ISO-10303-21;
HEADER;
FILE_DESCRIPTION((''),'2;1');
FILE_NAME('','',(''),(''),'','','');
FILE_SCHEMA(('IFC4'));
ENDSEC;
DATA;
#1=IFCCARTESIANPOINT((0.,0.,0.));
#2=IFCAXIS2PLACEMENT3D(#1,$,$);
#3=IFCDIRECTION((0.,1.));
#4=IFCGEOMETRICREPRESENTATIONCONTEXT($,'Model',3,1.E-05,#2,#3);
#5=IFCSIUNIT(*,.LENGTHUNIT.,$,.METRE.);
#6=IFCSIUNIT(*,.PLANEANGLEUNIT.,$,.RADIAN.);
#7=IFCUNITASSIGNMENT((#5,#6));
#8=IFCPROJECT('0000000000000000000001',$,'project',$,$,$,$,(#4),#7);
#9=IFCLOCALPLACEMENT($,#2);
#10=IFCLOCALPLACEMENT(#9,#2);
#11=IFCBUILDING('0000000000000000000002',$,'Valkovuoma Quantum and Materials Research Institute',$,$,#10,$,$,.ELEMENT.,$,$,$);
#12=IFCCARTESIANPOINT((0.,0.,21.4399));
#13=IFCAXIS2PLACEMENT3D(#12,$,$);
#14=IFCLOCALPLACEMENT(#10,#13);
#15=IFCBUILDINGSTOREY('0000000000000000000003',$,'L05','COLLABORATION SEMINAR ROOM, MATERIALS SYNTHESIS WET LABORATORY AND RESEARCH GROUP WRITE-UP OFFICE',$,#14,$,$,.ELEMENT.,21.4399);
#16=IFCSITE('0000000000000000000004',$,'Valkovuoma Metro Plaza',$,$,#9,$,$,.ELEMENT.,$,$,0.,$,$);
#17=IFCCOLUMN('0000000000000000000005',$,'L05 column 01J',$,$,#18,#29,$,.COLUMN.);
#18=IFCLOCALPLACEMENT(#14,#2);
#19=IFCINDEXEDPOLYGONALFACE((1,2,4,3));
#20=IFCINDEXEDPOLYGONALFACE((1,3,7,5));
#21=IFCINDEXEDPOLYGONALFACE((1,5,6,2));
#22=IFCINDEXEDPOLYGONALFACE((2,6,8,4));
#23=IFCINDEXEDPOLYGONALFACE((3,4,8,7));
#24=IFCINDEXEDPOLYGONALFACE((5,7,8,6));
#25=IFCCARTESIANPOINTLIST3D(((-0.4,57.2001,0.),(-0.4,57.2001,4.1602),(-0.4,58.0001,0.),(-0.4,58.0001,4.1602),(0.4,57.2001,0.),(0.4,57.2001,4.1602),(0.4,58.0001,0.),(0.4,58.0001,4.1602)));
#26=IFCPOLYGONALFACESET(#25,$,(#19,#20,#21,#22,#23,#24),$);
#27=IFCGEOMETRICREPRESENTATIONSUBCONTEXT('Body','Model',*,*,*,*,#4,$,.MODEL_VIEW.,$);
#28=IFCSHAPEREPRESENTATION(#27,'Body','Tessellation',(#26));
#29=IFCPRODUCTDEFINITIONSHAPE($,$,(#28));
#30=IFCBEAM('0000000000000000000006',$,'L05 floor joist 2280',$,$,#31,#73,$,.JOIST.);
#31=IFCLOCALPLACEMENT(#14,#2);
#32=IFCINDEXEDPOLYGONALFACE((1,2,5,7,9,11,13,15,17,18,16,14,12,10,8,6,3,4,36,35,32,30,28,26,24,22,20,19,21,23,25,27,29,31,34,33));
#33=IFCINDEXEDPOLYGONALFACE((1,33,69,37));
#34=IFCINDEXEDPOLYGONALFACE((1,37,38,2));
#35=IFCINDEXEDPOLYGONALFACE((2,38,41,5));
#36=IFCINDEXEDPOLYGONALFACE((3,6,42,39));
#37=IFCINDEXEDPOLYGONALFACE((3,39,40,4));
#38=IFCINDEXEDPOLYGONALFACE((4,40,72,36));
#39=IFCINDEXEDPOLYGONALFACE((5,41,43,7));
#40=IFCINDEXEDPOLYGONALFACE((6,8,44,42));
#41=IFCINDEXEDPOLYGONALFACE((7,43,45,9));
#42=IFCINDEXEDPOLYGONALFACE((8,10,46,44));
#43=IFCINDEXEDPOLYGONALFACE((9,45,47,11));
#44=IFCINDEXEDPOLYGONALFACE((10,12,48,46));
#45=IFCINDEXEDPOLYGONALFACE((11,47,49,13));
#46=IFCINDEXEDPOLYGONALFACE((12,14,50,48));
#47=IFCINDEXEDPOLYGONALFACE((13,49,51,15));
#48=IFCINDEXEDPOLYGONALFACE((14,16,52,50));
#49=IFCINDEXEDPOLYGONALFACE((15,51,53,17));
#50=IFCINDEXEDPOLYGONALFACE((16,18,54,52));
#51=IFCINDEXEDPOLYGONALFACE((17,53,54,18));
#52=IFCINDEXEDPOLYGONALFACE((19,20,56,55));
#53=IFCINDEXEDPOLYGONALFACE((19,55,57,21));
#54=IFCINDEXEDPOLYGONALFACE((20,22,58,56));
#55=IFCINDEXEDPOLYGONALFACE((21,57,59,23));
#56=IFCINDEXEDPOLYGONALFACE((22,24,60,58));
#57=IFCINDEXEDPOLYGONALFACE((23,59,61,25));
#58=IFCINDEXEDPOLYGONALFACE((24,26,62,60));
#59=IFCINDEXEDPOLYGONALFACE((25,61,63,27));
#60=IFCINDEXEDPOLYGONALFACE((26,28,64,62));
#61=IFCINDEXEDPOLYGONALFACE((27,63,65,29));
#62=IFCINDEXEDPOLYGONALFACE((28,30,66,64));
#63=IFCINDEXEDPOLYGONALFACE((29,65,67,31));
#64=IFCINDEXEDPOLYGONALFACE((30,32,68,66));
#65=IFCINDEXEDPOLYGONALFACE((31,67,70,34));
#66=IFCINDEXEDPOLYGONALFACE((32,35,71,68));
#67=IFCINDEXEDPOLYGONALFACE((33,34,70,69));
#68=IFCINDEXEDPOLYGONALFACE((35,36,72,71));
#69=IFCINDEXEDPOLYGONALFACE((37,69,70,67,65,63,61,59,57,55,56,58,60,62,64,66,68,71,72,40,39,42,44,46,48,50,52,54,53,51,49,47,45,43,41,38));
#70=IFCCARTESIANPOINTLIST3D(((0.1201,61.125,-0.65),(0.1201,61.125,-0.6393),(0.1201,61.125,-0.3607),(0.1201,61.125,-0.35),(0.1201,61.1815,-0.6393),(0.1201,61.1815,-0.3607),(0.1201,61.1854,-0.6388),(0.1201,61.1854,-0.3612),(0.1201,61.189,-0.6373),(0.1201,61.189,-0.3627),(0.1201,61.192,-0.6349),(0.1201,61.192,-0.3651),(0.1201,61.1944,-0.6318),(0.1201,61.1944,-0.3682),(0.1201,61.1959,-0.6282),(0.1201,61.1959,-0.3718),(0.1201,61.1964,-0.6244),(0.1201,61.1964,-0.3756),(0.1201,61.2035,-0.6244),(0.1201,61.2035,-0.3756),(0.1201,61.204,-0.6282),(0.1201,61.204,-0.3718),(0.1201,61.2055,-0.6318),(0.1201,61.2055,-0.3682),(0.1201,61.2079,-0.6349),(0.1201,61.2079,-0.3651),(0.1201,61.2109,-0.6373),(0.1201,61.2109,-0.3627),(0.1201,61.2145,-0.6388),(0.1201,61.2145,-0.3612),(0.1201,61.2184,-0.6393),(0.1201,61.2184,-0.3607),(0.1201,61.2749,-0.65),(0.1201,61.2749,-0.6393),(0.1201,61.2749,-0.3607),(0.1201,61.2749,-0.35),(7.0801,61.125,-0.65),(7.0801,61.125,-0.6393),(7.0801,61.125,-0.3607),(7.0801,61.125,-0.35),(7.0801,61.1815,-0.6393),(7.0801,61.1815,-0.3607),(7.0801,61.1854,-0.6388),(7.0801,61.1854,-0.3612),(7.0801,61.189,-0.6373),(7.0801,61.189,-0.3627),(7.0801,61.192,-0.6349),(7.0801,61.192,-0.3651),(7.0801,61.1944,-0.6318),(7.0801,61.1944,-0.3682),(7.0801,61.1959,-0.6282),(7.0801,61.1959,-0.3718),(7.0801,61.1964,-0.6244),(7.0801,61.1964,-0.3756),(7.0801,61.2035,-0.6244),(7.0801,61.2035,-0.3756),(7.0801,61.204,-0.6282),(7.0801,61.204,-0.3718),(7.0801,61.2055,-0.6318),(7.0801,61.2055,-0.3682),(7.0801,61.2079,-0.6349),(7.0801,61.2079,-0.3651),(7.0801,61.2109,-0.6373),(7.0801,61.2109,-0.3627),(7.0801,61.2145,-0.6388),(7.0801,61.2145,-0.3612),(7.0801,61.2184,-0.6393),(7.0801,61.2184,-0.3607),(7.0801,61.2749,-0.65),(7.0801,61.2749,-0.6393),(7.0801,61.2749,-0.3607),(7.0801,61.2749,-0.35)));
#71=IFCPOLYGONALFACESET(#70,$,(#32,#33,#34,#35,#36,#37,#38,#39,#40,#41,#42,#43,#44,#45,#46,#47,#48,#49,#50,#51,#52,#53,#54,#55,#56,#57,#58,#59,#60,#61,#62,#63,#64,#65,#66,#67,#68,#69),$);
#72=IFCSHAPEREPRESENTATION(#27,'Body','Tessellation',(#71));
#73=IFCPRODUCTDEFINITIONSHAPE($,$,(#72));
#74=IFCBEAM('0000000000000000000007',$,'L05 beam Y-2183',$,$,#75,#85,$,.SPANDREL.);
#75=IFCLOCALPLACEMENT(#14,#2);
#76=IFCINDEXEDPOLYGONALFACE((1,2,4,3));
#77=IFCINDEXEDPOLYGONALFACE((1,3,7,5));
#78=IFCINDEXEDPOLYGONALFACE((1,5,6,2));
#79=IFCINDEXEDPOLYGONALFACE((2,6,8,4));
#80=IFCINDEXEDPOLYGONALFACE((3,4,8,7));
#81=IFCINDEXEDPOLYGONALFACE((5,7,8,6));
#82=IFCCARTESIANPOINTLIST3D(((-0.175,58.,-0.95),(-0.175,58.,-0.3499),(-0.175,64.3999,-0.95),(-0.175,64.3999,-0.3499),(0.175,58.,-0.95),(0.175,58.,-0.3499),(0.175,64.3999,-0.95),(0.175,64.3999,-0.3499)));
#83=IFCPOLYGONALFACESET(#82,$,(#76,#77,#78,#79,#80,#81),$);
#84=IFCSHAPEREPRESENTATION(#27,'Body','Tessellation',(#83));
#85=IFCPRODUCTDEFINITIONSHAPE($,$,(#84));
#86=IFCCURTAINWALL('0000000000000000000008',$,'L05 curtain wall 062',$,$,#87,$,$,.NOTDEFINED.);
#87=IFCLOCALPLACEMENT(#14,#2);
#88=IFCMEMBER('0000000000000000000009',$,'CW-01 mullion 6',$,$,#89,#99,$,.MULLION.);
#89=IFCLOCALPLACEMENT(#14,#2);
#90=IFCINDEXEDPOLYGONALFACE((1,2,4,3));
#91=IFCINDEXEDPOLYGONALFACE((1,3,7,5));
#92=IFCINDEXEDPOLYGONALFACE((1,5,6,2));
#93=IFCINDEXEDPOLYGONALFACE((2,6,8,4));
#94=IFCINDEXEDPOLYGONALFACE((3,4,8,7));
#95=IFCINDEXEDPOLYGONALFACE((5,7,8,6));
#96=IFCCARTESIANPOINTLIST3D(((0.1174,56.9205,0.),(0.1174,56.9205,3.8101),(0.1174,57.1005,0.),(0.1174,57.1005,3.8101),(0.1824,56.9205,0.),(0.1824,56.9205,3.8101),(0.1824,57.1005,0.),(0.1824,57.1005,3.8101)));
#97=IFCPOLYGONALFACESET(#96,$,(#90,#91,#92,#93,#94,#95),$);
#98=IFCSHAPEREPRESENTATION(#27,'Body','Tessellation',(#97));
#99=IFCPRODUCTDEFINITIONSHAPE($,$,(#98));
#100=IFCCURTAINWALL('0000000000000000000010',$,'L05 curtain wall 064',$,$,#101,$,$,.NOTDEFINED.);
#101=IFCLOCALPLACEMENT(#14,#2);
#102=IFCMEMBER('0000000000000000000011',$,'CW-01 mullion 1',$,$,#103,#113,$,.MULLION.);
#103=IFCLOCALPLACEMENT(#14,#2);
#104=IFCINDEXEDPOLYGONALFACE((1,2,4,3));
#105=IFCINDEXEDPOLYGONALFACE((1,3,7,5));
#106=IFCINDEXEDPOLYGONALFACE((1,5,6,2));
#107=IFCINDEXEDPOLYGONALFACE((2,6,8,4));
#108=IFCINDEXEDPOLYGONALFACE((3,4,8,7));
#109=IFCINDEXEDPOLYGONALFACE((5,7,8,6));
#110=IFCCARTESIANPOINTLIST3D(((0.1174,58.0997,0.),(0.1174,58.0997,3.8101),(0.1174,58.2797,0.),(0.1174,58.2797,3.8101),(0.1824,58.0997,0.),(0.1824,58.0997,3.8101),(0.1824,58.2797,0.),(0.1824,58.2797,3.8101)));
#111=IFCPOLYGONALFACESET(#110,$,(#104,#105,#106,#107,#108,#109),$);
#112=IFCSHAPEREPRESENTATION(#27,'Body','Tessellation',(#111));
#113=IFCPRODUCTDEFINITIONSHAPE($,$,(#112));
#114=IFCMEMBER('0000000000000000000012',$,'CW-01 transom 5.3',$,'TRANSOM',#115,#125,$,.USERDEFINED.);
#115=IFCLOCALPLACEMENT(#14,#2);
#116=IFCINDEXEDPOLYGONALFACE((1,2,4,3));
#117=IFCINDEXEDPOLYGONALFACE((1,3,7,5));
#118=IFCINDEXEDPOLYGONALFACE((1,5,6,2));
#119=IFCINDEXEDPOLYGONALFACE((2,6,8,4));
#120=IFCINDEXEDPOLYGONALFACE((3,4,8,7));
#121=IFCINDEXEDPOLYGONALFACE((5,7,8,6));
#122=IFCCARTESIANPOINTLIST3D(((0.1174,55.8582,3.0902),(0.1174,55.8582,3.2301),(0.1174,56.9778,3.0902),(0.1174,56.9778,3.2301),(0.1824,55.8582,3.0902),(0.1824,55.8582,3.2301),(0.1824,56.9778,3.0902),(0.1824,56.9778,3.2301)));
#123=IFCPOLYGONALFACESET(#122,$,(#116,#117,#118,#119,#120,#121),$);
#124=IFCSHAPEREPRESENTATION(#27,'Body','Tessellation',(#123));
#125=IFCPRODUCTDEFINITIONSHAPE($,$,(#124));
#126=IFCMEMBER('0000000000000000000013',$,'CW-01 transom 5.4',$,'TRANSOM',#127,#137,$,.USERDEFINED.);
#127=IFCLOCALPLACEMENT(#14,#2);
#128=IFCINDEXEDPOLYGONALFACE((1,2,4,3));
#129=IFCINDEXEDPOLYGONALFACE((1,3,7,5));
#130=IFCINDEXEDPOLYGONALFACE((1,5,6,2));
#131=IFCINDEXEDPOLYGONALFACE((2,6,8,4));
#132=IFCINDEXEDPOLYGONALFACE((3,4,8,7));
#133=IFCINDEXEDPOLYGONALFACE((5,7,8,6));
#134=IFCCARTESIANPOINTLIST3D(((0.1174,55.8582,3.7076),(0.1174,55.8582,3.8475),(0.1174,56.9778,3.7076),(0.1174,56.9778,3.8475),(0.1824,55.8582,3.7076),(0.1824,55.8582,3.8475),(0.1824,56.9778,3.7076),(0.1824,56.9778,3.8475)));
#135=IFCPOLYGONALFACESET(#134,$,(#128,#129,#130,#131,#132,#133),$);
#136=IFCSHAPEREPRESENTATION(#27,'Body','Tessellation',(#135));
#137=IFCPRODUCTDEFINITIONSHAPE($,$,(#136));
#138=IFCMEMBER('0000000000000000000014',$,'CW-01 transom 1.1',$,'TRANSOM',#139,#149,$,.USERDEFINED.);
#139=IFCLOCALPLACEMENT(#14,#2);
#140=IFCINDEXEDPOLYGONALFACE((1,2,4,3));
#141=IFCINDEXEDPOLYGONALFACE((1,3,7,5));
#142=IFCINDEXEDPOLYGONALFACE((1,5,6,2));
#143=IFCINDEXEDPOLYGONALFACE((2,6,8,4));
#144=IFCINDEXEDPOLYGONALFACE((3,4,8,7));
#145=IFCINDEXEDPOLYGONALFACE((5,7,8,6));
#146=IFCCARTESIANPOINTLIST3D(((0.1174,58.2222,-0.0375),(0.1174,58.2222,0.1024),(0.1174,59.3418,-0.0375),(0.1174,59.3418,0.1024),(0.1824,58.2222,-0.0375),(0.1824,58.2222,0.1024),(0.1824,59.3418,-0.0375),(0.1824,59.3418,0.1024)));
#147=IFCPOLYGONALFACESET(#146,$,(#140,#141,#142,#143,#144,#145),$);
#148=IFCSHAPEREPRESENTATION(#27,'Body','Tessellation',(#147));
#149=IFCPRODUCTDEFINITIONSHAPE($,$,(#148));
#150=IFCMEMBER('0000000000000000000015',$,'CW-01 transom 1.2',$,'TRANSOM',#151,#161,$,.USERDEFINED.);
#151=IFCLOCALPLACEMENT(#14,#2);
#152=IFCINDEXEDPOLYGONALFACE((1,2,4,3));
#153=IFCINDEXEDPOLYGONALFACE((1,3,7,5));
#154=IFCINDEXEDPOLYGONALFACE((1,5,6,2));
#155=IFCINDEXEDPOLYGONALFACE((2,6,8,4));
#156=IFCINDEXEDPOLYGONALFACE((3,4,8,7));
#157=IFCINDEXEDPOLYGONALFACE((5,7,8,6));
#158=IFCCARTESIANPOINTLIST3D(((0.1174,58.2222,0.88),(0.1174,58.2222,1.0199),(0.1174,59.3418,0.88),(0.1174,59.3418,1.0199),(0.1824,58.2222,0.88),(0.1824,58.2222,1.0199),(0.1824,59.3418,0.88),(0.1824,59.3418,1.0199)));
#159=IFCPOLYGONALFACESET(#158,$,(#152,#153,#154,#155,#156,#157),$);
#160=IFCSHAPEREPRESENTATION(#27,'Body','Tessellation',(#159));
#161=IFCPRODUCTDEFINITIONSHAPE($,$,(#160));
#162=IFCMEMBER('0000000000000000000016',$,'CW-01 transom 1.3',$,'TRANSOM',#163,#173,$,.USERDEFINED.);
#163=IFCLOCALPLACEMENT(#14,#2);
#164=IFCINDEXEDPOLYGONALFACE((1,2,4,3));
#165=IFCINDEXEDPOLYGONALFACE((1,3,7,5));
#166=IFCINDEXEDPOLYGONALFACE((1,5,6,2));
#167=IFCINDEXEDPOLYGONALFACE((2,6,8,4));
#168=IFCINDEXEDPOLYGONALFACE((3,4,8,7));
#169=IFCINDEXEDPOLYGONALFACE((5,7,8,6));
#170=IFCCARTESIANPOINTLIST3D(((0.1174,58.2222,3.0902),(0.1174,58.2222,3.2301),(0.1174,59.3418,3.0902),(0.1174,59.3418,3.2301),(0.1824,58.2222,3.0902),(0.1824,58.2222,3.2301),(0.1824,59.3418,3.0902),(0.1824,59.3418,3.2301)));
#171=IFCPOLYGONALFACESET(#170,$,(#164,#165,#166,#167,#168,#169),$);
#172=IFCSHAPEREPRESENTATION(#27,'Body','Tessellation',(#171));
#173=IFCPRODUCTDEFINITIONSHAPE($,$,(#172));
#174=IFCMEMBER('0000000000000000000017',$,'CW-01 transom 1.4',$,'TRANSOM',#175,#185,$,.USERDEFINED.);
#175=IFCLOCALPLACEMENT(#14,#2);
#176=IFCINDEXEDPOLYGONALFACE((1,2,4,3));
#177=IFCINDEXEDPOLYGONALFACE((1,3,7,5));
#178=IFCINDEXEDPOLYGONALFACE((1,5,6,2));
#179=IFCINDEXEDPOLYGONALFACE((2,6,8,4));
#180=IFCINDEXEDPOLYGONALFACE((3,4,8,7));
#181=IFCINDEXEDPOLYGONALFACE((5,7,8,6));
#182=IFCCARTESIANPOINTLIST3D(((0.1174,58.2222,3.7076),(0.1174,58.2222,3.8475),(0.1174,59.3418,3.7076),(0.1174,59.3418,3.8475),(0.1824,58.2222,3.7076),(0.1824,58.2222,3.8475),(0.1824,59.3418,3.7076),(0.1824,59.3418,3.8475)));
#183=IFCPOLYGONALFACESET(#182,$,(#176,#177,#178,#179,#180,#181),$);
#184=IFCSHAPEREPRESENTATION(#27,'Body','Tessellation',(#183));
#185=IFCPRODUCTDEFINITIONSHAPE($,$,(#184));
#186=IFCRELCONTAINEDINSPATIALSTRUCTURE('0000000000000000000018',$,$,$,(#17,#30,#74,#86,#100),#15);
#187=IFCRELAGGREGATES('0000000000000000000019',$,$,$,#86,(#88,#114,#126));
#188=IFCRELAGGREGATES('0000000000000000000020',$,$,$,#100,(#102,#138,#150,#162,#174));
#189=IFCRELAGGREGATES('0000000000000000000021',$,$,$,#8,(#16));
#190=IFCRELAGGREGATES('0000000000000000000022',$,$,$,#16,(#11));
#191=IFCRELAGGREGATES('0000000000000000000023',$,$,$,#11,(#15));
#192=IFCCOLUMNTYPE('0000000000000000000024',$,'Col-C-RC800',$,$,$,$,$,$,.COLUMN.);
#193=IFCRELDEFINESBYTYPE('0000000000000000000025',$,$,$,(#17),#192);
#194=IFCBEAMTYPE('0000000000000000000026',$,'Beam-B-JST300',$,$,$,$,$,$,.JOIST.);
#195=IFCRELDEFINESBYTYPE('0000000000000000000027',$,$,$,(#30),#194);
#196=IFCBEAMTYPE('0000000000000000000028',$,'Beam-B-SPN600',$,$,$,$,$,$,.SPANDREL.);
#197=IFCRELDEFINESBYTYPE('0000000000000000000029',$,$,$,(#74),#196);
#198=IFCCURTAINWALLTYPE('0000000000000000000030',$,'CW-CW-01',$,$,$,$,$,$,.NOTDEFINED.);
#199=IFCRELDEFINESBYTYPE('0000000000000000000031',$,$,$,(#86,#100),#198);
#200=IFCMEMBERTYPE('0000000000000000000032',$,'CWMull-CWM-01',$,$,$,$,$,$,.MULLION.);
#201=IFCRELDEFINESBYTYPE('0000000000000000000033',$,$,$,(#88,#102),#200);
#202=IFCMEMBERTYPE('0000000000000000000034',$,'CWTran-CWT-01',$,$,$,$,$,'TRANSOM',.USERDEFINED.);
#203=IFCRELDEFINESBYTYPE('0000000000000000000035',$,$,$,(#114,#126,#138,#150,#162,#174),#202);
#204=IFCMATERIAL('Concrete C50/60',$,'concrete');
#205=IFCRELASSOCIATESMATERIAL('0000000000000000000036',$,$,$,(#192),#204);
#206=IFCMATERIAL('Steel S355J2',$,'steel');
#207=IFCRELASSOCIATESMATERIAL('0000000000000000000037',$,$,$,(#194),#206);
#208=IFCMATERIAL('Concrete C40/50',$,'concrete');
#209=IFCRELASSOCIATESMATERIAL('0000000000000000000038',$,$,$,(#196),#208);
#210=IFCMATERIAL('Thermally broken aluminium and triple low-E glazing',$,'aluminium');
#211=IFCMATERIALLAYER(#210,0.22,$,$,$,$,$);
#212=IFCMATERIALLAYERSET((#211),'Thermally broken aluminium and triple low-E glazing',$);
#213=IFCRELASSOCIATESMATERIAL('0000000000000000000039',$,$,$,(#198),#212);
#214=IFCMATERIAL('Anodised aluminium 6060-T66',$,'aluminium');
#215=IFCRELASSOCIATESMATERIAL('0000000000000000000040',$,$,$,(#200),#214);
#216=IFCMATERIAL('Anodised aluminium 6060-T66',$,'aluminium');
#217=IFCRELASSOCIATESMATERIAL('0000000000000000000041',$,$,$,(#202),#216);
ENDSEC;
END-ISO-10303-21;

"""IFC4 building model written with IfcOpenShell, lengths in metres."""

from ifc_helpers import new_model, si_unit, direction, frame, origin, origin_2d, place, context, subcontext, project, spatial, rectangle, i_section, extrude, material, layer, layer_set, material_profile, profile_set, type_object, element, aggregate, save


model = new_model("IFC4")

# Units and contexts
model_context = context("Model", 3, precision=1e-05, world=origin(), true_north=direction((0.0, 1.0)))
body_context = subcontext(model_context, "Body", "Model", "MODEL_VIEW")
ifc_project = project(units=[si_unit("LENGTHUNIT", "METRE"), si_unit("PLANEANGLEUNIT", "RADIAN")], contexts=[model_context])

# Site, building, storey
site_placement = place(None, origin())
site = spatial("IfcSite", under=ifc_project, at=site_placement, Name="Valkovuoma Metro Plaza", CompositionType="ELEMENT", RefElevation=0.0)
building_placement = place(site_placement, origin())
building = spatial("IfcBuilding", under=site, at=building_placement, Name="Valkovuoma Quantum and Materials Research Institute", CompositionType="ELEMENT")
storey_placement = place(building_placement, frame((0.0, 0.0, 21.4399)))
storey = spatial("IfcBuildingStorey", under=building, at=storey_placement, Name="L05", Description="COLLABORATION SEMINAR ROOM, MATERIALS SYNTHESIS WET LABORATORY AND RESEARCH GROUP WRITE-UP OFFICE", CompositionType="ELEMENT", Elevation=21.4399)

# Column
ifc_material_1 = material(Name="Concrete C50/60", Category="concrete")
ifc_material_profile_1 = material_profile(ifc_material_1, rectangle(XDim=0.8, YDim=0.8, at=origin_2d()), Name="Concrete C50/60")
ifc_profile_set_1 = profile_set([ifc_material_profile_1], Name="Concrete C50/60")
column_type = type_object("IfcColumnType", Name="Col-C-RC800", PredefinedType="COLUMN", material=ifc_profile_set_1)
column_placement = place(storey_placement, frame((0.0, 57.6001, 0.0), z_axis=(0.0, 0.0, 1.0), x_axis=(1.0, 0.0, 0.0)))
element("IfcColumn", 1, at=column_placement, inside=storey, type_object=column_type, Name="L05 column 01J", PredefinedType="COLUMN", context=body_context, shape_type="SweptSolid", body=[
    extrude(rectangle(XDim=0.8, YDim=0.8, at=origin_2d()), origin(), (0.0, 0.0, 1.0), 4.1602),
])

# Beams
ifc_material_2 = material(Name="Steel S355J2", Category="steel")
ifc_material_profile_2 = material_profile(ifc_material_2, i_section(OverallWidth=0.1499, OverallDepth=0.3, WebThickness=0.0071, FlangeThickness=0.0107, FilletRadius=0.0149, at=origin_2d()), Name="Steel S355J2")
ifc_profile_set_2 = profile_set([ifc_material_profile_2], Name="Steel S355J2")
beam_type_1 = type_object("IfcBeamType", Name="Beam-B-JST300", PredefinedType="JOIST", material=ifc_profile_set_2)
beam_1_placement = place(storey_placement, frame((0.1201, 61.2, -0.5), z_axis=(1.0, 0.0, 0.0), x_axis=(0.0, 1.0, 0.0)))
element("IfcBeam", 2, at=beam_1_placement, inside=storey, type_object=beam_type_1, Name="L05 floor joist 2280", PredefinedType="JOIST", context=body_context, shape_type="SweptSolid", body=[
    extrude(i_section(OverallWidth=0.1499, OverallDepth=0.3, WebThickness=0.0071, FlangeThickness=0.0107, FilletRadius=0.0149, at=origin_2d()), origin(), (0.0, 0.0, 1.0), 6.96),
])
ifc_material_3 = material(Name="Concrete C40/50", Category="concrete")
ifc_material_profile_3 = material_profile(ifc_material_3, rectangle(XDim=0.3501, YDim=0.6001, at=origin_2d()), Name="Concrete C40/50")
ifc_profile_set_3 = profile_set([ifc_material_profile_3], Name="Concrete C40/50")
beam_type_2 = type_object("IfcBeamType", Name="Beam-B-SPN600", PredefinedType="SPANDREL", material=ifc_profile_set_3)
beam_2_placement = place(storey_placement, frame((0.0, 58.0, -0.6499), z_axis=(0.0, 1.0, 0.0), x_axis=(-1.0, 0.0, 0.0)))
element("IfcBeam", 3, at=beam_2_placement, inside=storey, type_object=beam_type_2, Name="L05 beam Y-2183", PredefinedType="SPANDREL", context=body_context, shape_type="SweptSolid", body=[
    extrude(rectangle(XDim=0.3501, YDim=0.6001, at=origin_2d()), origin(), (0.0, 0.0, 1.0), 6.3999),
])

# Curtain walls, members
ifc_material_4 = material(Name="Thermally broken aluminium and triple low-E glazing", Category="aluminium")
ifc_layer_1 = layer(ifc_material_4, 0.22)
ifc_layer_set_1 = layer_set([ifc_layer_1], Name="Thermally broken aluminium and triple low-E glazing")
curtain_wall_type = type_object("IfcCurtainWallType", Name="CW-CW-01", PredefinedType="NOTDEFINED", material=ifc_layer_set_1)
curtain_wall_1_placement = place(storey_placement, origin())
curtain_wall_1 = element("IfcCurtainWall", 4, at=curtain_wall_1_placement, inside=storey, type_object=curtain_wall_type, Name="L05 curtain wall 062", PredefinedType="NOTDEFINED")
ifc_material_5 = material(Name="Anodised aluminium 6060-T66", Category="aluminium")
ifc_material_profile_4 = material_profile(ifc_material_5, rectangle(XDim=0.0649, YDim=0.1799, at=origin_2d()), Name="Anodised aluminium 6060-T66")
ifc_profile_set_4 = profile_set([ifc_material_profile_4], Name="Anodised aluminium 6060-T66")
member_type_1 = type_object("IfcMemberType", Name="CWMull-CWM-01", PredefinedType="MULLION", material=ifc_profile_set_4)
member_1_placement = place(storey_placement, frame((0.1499, 57.0105, 0.0), z_axis=(0.0, 0.0, 1.0), x_axis=(-1.0, 0.0, 0.0)))
member_1 = element("IfcMember", 5, at=member_1_placement, type_object=member_type_1, Name="CW-01 mullion 6", PredefinedType="MULLION", context=body_context, shape_type="SweptSolid", body=[
    extrude(rectangle(XDim=0.0649, YDim=0.1799, at=origin_2d()), origin(), (0.0, 0.0, 1.0), 3.8101),
])
curtain_wall_2_placement = place(storey_placement, origin())
curtain_wall_2 = element("IfcCurtainWall", 6, at=curtain_wall_2_placement, inside=storey, type_object=curtain_wall_type, Name="L05 curtain wall 064", PredefinedType="NOTDEFINED")
member_2_placement = place(storey_placement, frame((0.1499, 58.1897, 0.0), z_axis=(0.0, 0.0, 1.0), x_axis=(-1.0, 0.0, 0.0)))
member_2 = element("IfcMember", 7, at=member_2_placement, type_object=member_type_1, Name="CW-01 mullion 1", PredefinedType="MULLION", context=body_context, shape_type="SweptSolid", body=[
    extrude(rectangle(XDim=0.0649, YDim=0.1799, at=origin_2d()), origin(), (0.0, 0.0, 1.0), 3.8101),
])

# Members
ifc_material_6 = material(Name="Anodised aluminium 6060-T66", Category="aluminium")
ifc_material_profile_5 = material_profile(ifc_material_6, rectangle(XDim=0.0649, YDim=0.1399, at=origin_2d()), Name="Anodised aluminium 6060-T66")
ifc_profile_set_5 = profile_set([ifc_material_profile_5], Name="Anodised aluminium 6060-T66")
member_type_2 = type_object("IfcMemberType", Name="CWTran-CWT-01", ElementType="TRANSOM", PredefinedType="USERDEFINED", material=ifc_profile_set_5)
member_3_placement = place(storey_placement, frame((0.1499, 55.8582, 3.1602), z_axis=(0.0, 1.0, 0.0), x_axis=(-1.0, 0.0, 0.0)))
member_3 = element("IfcMember", 8, at=member_3_placement, type_object=member_type_2, Name="CW-01 transom 5.3", ObjectType="TRANSOM", PredefinedType="USERDEFINED", context=body_context, shape_type="SweptSolid", body=[
    extrude(rectangle(XDim=0.0649, YDim=0.1399, at=origin_2d()), origin(), (0.0, 0.0, 1.0), 1.1196),
])
member_4_placement = place(storey_placement, frame((0.1499, 55.8582, 3.7776), z_axis=(0.0, 1.0, 0.0), x_axis=(-1.0, 0.0, 0.0)))
member_4 = element("IfcMember", 9, at=member_4_placement, type_object=member_type_2, Name="CW-01 transom 5.4", ObjectType="TRANSOM", PredefinedType="USERDEFINED", context=body_context, shape_type="SweptSolid", body=[
    extrude(rectangle(XDim=0.0649, YDim=0.1399, at=origin_2d()), origin(), (0.0, 0.0, 1.0), 1.1196),
])
member_5_placement = place(storey_placement, frame((0.1499, 58.2222, 0.0325), z_axis=(0.0, 1.0, 0.0), x_axis=(-1.0, 0.0, 0.0)))
member_5 = element("IfcMember", 10, at=member_5_placement, type_object=member_type_2, Name="CW-01 transom 1.1", ObjectType="TRANSOM", PredefinedType="USERDEFINED", context=body_context, shape_type="SweptSolid", body=[
    extrude(rectangle(XDim=0.0649, YDim=0.1399, at=origin_2d()), origin(), (0.0, 0.0, 1.0), 1.1196),
])
member_6_placement = place(storey_placement, frame((0.1499, 58.2222, 0.95), z_axis=(0.0, 1.0, 0.0), x_axis=(-1.0, 0.0, 0.0)))
member_6 = element("IfcMember", 11, at=member_6_placement, type_object=member_type_2, Name="CW-01 transom 1.2", ObjectType="TRANSOM", PredefinedType="USERDEFINED", context=body_context, shape_type="SweptSolid", body=[
    extrude(rectangle(XDim=0.0649, YDim=0.1399, at=origin_2d()), origin(), (0.0, 0.0, 1.0), 1.1196),
])
member_7_placement = place(storey_placement, frame((0.1499, 58.2222, 3.1602), z_axis=(0.0, 1.0, 0.0), x_axis=(-1.0, 0.0, 0.0)))
member_7 = element("IfcMember", 12, at=member_7_placement, type_object=member_type_2, Name="CW-01 transom 1.3", ObjectType="TRANSOM", PredefinedType="USERDEFINED", context=body_context, shape_type="SweptSolid", body=[
    extrude(rectangle(XDim=0.0649, YDim=0.1399, at=origin_2d()), origin(), (0.0, 0.0, 1.0), 1.1196),
])
member_8_placement = place(storey_placement, frame((0.1499, 58.2222, 3.7776), z_axis=(0.0, 1.0, 0.0), x_axis=(-1.0, 0.0, 0.0)))
member_8 = element("IfcMember", 13, at=member_8_placement, type_object=member_type_2, Name="CW-01 transom 1.4", ObjectType="TRANSOM", PredefinedType="USERDEFINED", context=body_context, shape_type="SweptSolid", body=[
    extrude(rectangle(XDim=0.0649, YDim=0.1399, at=origin_2d()), origin(), (0.0, 0.0, 1.0), 1.1196),
])

aggregate(curtain_wall_1, [member_1, member_3, member_4])
aggregate(curtain_wall_2, [member_2, member_5, member_6, member_7, member_8])

save(model, "model.ifc")
